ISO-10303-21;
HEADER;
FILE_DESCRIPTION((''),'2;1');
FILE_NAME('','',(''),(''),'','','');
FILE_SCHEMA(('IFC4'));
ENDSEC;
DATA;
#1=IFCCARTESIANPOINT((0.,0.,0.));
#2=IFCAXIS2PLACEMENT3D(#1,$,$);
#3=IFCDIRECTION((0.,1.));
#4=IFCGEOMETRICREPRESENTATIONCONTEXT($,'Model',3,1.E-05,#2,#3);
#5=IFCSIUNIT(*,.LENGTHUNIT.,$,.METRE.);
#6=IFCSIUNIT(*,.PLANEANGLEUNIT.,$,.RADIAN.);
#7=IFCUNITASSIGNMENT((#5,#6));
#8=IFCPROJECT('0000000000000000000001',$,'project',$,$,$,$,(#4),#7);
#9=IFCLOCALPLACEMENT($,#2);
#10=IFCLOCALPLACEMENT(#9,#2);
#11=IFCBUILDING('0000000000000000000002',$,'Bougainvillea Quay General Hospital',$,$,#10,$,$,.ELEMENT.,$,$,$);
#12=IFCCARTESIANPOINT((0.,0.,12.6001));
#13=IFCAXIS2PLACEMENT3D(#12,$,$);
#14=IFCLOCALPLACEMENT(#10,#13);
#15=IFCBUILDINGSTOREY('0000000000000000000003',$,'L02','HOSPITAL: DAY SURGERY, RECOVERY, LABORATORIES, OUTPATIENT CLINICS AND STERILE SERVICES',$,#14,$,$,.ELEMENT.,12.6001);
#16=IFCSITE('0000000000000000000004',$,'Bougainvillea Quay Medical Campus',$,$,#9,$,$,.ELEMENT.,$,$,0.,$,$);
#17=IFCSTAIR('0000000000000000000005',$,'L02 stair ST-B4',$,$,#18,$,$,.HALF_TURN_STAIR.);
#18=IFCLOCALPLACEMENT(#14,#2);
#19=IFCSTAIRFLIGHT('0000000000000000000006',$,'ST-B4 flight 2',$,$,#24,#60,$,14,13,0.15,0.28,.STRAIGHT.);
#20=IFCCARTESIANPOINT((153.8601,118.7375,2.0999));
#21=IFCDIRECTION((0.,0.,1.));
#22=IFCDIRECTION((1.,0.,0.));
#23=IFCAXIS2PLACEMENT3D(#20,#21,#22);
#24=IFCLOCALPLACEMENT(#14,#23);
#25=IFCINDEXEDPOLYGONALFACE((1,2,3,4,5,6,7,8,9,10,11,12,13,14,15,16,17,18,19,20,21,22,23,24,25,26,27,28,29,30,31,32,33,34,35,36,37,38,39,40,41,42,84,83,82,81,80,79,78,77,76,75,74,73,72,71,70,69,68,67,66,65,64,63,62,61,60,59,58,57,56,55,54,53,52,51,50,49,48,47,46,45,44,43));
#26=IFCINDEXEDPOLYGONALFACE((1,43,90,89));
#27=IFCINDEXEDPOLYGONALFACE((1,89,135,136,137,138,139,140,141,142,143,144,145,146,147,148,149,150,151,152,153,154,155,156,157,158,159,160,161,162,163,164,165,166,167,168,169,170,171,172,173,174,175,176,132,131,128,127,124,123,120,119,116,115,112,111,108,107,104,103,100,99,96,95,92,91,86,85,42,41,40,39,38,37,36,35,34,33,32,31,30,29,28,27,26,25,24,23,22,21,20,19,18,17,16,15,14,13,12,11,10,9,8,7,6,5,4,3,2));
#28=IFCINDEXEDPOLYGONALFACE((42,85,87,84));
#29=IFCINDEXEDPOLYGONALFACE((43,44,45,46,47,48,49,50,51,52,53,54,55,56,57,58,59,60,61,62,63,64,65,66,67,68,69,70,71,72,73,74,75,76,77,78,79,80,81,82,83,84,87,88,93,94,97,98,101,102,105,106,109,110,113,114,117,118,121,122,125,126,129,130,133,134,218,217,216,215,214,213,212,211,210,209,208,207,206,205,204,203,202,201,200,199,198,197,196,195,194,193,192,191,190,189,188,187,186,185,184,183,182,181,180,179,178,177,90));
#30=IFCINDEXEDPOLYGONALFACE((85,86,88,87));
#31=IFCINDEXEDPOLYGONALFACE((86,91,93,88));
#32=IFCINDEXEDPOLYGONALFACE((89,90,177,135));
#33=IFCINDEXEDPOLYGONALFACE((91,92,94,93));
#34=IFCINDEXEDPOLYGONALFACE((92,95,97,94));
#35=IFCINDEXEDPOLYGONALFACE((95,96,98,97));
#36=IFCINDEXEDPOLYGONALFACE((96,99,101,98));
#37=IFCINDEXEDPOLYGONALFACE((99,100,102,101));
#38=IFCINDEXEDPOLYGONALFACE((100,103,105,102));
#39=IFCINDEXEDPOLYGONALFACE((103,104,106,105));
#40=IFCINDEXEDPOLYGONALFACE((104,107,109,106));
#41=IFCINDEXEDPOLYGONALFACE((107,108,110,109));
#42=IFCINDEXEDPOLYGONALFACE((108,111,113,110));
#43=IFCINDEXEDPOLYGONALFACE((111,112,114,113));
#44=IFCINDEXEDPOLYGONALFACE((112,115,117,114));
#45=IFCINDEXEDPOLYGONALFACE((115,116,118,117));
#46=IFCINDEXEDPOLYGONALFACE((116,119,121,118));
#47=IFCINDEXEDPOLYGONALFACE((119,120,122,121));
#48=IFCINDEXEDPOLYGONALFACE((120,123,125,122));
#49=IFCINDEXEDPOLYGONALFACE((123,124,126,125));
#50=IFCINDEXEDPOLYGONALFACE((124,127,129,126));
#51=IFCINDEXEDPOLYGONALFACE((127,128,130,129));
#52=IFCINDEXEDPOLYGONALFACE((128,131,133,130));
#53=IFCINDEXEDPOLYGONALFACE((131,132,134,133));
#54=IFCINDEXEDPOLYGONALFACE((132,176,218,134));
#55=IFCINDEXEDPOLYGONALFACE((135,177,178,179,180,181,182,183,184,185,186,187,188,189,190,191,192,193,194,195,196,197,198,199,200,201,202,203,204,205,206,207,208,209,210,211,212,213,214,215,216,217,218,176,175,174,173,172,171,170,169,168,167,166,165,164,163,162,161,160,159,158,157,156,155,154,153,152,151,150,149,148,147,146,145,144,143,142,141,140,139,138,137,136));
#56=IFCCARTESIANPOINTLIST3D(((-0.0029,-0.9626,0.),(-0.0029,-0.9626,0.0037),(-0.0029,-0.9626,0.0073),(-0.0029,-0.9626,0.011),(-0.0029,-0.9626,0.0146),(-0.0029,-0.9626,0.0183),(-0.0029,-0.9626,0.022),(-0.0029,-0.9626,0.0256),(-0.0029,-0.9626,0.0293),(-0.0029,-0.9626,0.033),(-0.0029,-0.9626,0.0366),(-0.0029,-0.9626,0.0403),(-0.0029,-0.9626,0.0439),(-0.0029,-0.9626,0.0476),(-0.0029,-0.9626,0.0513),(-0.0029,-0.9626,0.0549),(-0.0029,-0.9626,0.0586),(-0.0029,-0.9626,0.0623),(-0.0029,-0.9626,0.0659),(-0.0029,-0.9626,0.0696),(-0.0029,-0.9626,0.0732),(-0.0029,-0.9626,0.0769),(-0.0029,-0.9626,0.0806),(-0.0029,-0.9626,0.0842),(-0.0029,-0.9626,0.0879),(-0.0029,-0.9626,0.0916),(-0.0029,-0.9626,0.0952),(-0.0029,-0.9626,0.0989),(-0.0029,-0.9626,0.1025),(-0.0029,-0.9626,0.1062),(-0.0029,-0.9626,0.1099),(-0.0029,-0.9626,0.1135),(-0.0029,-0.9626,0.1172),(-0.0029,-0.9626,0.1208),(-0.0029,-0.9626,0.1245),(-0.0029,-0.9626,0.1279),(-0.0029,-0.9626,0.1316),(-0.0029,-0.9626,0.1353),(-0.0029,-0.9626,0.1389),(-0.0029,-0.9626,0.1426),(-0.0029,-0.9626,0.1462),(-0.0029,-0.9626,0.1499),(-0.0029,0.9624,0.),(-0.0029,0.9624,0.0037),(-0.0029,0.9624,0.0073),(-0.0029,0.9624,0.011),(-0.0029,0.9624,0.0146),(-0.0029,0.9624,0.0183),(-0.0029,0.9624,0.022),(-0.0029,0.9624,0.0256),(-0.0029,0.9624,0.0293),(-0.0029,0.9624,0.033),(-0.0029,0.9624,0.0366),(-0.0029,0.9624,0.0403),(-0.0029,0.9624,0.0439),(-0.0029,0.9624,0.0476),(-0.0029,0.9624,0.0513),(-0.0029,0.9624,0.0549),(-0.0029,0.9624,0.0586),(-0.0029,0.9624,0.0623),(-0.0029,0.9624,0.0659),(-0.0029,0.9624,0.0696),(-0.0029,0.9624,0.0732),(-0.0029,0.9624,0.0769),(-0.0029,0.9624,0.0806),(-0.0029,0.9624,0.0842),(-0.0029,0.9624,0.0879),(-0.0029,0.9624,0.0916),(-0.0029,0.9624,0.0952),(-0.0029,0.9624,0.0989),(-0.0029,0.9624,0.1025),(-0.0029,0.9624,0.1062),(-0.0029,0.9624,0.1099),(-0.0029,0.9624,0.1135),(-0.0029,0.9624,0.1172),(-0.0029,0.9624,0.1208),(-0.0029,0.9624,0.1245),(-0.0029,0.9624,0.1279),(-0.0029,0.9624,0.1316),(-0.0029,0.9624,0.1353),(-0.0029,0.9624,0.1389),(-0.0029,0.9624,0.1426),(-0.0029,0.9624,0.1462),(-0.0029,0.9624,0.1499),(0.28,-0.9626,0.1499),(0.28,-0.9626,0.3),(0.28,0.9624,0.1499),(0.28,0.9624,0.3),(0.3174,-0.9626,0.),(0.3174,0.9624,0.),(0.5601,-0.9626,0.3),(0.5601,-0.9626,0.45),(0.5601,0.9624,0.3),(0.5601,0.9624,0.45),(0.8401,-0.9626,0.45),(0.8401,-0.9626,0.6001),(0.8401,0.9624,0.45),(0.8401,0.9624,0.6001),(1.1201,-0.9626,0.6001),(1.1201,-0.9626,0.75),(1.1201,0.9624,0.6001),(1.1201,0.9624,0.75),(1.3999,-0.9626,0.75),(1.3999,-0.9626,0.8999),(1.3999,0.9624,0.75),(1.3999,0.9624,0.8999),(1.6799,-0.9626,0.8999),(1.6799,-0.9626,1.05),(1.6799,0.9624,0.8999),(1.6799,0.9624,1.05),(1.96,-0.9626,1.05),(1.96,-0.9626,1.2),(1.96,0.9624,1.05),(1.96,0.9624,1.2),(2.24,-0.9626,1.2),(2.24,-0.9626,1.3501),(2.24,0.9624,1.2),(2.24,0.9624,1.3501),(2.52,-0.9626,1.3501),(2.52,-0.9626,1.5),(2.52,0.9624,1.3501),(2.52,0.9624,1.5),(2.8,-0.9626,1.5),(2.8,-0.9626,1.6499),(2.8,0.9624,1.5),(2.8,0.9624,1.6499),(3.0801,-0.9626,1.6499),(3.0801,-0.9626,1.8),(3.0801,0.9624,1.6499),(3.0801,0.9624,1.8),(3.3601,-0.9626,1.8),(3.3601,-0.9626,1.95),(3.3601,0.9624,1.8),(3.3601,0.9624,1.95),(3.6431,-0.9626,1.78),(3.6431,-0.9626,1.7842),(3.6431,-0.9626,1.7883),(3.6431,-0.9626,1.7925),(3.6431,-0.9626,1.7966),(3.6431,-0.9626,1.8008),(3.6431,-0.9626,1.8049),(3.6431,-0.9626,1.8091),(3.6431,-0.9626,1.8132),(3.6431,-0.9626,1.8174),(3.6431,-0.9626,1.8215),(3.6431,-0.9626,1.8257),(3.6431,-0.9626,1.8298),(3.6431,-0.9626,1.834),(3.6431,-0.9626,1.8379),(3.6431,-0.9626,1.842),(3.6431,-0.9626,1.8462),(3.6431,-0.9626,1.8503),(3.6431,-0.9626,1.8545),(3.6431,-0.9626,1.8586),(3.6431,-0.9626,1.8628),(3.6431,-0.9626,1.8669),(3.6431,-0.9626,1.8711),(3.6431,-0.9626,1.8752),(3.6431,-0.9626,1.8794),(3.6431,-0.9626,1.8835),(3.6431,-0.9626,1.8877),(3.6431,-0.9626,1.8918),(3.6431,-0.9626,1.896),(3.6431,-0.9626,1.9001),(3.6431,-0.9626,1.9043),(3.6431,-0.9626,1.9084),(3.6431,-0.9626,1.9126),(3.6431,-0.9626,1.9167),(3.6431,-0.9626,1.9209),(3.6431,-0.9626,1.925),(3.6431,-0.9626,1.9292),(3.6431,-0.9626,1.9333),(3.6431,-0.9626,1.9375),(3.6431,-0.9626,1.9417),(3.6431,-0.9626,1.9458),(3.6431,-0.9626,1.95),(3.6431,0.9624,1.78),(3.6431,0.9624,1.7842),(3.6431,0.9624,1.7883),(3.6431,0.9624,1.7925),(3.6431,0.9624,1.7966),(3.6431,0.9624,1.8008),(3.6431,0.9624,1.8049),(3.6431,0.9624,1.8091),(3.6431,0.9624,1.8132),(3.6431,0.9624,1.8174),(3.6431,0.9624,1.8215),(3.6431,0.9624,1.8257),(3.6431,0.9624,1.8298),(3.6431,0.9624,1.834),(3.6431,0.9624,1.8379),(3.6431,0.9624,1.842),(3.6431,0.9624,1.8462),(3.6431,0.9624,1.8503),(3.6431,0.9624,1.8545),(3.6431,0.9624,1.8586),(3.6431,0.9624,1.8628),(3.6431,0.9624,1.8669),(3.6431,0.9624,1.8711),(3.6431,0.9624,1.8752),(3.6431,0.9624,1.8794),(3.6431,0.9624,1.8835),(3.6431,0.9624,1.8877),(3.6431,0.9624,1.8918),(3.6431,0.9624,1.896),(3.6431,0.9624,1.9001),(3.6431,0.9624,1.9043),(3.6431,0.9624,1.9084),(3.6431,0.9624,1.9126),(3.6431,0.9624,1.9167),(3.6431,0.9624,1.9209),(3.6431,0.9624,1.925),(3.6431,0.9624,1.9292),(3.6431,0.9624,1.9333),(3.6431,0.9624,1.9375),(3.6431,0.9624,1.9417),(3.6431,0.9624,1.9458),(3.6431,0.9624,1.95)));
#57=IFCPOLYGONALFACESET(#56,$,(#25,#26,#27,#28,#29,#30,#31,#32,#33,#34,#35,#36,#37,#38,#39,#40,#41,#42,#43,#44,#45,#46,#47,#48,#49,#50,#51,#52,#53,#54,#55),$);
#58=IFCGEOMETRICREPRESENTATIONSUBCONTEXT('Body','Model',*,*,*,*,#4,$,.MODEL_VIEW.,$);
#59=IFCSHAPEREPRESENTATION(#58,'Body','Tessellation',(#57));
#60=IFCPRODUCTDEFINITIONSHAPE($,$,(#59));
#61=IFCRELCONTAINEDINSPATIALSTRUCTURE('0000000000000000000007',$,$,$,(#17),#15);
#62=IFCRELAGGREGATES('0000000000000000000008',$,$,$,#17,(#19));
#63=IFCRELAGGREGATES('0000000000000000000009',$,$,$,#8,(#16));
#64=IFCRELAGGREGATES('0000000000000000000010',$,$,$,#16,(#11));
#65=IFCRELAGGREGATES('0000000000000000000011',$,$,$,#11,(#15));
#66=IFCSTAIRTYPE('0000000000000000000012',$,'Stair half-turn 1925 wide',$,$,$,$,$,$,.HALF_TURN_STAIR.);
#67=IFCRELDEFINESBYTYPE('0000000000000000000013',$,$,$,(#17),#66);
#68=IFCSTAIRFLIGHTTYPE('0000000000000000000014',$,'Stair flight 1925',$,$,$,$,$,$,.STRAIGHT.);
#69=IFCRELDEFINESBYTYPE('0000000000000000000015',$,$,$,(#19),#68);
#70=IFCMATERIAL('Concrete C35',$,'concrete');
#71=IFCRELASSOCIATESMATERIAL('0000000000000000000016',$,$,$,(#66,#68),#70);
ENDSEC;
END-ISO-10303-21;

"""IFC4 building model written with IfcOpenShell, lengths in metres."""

from ifc_helpers import new_model, si_unit, direction, frame, origin, place, context, subcontext, project, spatial, polyline, outline, extrude, material, type_object, element, aggregate, save


model = new_model("IFC4")

# Units and contexts
model_context = context("Model", 3, precision=1e-05, world=origin(), true_north=direction((0.0, 1.0)))
body_context = subcontext(model_context, "Body", "Model", "MODEL_VIEW")
ifc_project = project(units=[si_unit("LENGTHUNIT", "METRE"), si_unit("PLANEANGLEUNIT", "RADIAN")], contexts=[model_context])

# Site, building, storey
site_placement = place(None, origin())
site = spatial("IfcSite", under=ifc_project, at=site_placement, Name="Bougainvillea Quay Medical Campus", CompositionType="ELEMENT", RefElevation=0.0)
building_placement = place(site_placement, origin())
building = spatial("IfcBuilding", under=site, at=building_placement, Name="Bougainvillea Quay General Hospital", CompositionType="ELEMENT")
storey_placement = place(building_placement, frame((0.0, 0.0, 12.6001)))
storey = spatial("IfcBuildingStorey", under=building, at=storey_placement, Name="L02", Description="HOSPITAL: DAY SURGERY, RECOVERY, LABORATORIES, OUTPATIENT CLINICS AND STERILE SERVICES", CompositionType="ELEMENT", Elevation=12.6001)

# Stair, stair flight
ifc_material_1 = material(Name="Concrete C35", Category="concrete")
stair_type = type_object("IfcStairType", Name="Stair half-turn 1925 wide", PredefinedType="HALF_TURN_STAIR", material=ifc_material_1)
stair_placement = place(storey_placement, origin())
stair = element("IfcStair", 1, at=stair_placement, inside=storey, type_object=stair_type, Name="L02 stair ST-B4", PredefinedType="HALF_TURN_STAIR")
stair_flight_type = type_object("IfcStairFlightType", Name="Stair flight 1925", PredefinedType="STRAIGHT", material=ifc_material_1)
stair_flight_1_placement = place(storey_placement, frame((153.8601, 118.7375, 2.0999), z_axis=(0.0, 0.0, 1.0), x_axis=(1.0, 0.0, 0.0)))
stair_flight_1 = element("IfcStairFlight", 2, at=stair_flight_1_placement, type_object=stair_flight_type, Name="ST-B4 flight 2", NumberOfRisers=14, NumberOfTreads=13, PredefinedType="STRAIGHT", RiserHeight=0.15, TreadLength=0.28, context=body_context, shape_type="SweptSolid", body=[
    extrude(outline(polyline([(-0.0029, 0.0), (-0.0029, 0.0037), (-0.0029, 0.0073), (-0.0029, 0.011), (-0.0029, 0.0146), (-0.0029, 0.0183), (-0.0029, 0.022), (-0.0029, 0.0256), (-0.0029, 0.0293), (-0.0029, 0.033), (-0.0029, 0.0366), (-0.0029, 0.0403), (-0.0029, 0.0439), (-0.0029, 0.0476), (-0.0029, 0.0513), (-0.0029, 0.0549), (-0.0029, 0.0586), (-0.0029, 0.0623), (-0.0029, 0.0659), (-0.0029, 0.0696), (-0.0029, 0.0732), (-0.0029, 0.0769), (-0.0029, 0.0806), (-0.0029, 0.0842), (-0.0029, 0.0879), (-0.0029, 0.0916), (-0.0029, 0.0952), (-0.0029, 0.0989), (-0.0029, 0.1025), (-0.0029, 0.1062), (-0.0029, 0.1099), (-0.0029, 0.1135), (-0.0029, 0.1172), (-0.0029, 0.1208), (-0.0029, 0.1245), (-0.0029, 0.1279), (-0.0029, 0.1316), (-0.0029, 0.1353), (-0.0029, 0.1389), (-0.0029, 0.1426), (-0.0029, 0.1462), (-0.0029, 0.1499), (0.28, 0.1499), (0.28, 0.3), (0.5601, 0.3), (0.5601, 0.45), (0.8401, 0.45), (0.8401, 0.6001), (1.1201, 0.6001), (1.1201, 0.75), (1.3999, 0.75), (1.3999, 0.8999), (1.6799, 0.8999), (1.6799, 1.05), (1.96, 1.05), (1.96, 1.2), (2.24, 1.2), (2.24, 1.3501), (2.52, 1.3501), (2.52, 1.5), (2.8, 1.5), (2.8, 1.6499), (3.0801, 1.6499), (3.0801, 1.8), (3.3601, 1.8), (3.3601, 1.95), (3.6431, 1.95), (3.6431, 1.9458), (3.6431, 1.9417), (3.6431, 1.9375), (3.6431, 1.9333), (3.6431, 1.9292), (3.6431, 1.925), (3.6431, 1.9209), (3.6431, 1.9167), (3.6431, 1.9126), (3.6431, 1.9084), (3.6431, 1.9043), (3.6431, 1.9001), (3.6431, 1.896), (3.6431, 1.8918), (3.6431, 1.8877), (3.6431, 1.8835), (3.6431, 1.8794), (3.6431, 1.8752), (3.6431, 1.8711), (3.6431, 1.8669), (3.6431, 1.8628), (3.6431, 1.8586), (3.6431, 1.8545), (3.6431, 1.8503), (3.6431, 1.8462), (3.6431, 1.842), (3.6431, 1.8379), (3.6431, 1.834), (3.6431, 1.8298), (3.6431, 1.8257), (3.6431, 1.8215), (3.6431, 1.8174), (3.6431, 1.8132), (3.6431, 1.8091), (3.6431, 1.8049), (3.6431, 1.8008), (3.6431, 1.7966), (3.6431, 1.7925), (3.6431, 1.7883), (3.6431, 1.7842), (3.6431, 1.78), (0.3174, 0.0), (-0.0029, 0.0)])), frame((0.0, 0.9624, 0.0), z_axis=(0.0, -1.0, 0.0), x_axis=(1.0, 0.0, 0.0)), (0.0, 0.0, 1.0), 1.925),
])
aggregate(stair, [stair_flight_1])

save(model, "model.ifc")
